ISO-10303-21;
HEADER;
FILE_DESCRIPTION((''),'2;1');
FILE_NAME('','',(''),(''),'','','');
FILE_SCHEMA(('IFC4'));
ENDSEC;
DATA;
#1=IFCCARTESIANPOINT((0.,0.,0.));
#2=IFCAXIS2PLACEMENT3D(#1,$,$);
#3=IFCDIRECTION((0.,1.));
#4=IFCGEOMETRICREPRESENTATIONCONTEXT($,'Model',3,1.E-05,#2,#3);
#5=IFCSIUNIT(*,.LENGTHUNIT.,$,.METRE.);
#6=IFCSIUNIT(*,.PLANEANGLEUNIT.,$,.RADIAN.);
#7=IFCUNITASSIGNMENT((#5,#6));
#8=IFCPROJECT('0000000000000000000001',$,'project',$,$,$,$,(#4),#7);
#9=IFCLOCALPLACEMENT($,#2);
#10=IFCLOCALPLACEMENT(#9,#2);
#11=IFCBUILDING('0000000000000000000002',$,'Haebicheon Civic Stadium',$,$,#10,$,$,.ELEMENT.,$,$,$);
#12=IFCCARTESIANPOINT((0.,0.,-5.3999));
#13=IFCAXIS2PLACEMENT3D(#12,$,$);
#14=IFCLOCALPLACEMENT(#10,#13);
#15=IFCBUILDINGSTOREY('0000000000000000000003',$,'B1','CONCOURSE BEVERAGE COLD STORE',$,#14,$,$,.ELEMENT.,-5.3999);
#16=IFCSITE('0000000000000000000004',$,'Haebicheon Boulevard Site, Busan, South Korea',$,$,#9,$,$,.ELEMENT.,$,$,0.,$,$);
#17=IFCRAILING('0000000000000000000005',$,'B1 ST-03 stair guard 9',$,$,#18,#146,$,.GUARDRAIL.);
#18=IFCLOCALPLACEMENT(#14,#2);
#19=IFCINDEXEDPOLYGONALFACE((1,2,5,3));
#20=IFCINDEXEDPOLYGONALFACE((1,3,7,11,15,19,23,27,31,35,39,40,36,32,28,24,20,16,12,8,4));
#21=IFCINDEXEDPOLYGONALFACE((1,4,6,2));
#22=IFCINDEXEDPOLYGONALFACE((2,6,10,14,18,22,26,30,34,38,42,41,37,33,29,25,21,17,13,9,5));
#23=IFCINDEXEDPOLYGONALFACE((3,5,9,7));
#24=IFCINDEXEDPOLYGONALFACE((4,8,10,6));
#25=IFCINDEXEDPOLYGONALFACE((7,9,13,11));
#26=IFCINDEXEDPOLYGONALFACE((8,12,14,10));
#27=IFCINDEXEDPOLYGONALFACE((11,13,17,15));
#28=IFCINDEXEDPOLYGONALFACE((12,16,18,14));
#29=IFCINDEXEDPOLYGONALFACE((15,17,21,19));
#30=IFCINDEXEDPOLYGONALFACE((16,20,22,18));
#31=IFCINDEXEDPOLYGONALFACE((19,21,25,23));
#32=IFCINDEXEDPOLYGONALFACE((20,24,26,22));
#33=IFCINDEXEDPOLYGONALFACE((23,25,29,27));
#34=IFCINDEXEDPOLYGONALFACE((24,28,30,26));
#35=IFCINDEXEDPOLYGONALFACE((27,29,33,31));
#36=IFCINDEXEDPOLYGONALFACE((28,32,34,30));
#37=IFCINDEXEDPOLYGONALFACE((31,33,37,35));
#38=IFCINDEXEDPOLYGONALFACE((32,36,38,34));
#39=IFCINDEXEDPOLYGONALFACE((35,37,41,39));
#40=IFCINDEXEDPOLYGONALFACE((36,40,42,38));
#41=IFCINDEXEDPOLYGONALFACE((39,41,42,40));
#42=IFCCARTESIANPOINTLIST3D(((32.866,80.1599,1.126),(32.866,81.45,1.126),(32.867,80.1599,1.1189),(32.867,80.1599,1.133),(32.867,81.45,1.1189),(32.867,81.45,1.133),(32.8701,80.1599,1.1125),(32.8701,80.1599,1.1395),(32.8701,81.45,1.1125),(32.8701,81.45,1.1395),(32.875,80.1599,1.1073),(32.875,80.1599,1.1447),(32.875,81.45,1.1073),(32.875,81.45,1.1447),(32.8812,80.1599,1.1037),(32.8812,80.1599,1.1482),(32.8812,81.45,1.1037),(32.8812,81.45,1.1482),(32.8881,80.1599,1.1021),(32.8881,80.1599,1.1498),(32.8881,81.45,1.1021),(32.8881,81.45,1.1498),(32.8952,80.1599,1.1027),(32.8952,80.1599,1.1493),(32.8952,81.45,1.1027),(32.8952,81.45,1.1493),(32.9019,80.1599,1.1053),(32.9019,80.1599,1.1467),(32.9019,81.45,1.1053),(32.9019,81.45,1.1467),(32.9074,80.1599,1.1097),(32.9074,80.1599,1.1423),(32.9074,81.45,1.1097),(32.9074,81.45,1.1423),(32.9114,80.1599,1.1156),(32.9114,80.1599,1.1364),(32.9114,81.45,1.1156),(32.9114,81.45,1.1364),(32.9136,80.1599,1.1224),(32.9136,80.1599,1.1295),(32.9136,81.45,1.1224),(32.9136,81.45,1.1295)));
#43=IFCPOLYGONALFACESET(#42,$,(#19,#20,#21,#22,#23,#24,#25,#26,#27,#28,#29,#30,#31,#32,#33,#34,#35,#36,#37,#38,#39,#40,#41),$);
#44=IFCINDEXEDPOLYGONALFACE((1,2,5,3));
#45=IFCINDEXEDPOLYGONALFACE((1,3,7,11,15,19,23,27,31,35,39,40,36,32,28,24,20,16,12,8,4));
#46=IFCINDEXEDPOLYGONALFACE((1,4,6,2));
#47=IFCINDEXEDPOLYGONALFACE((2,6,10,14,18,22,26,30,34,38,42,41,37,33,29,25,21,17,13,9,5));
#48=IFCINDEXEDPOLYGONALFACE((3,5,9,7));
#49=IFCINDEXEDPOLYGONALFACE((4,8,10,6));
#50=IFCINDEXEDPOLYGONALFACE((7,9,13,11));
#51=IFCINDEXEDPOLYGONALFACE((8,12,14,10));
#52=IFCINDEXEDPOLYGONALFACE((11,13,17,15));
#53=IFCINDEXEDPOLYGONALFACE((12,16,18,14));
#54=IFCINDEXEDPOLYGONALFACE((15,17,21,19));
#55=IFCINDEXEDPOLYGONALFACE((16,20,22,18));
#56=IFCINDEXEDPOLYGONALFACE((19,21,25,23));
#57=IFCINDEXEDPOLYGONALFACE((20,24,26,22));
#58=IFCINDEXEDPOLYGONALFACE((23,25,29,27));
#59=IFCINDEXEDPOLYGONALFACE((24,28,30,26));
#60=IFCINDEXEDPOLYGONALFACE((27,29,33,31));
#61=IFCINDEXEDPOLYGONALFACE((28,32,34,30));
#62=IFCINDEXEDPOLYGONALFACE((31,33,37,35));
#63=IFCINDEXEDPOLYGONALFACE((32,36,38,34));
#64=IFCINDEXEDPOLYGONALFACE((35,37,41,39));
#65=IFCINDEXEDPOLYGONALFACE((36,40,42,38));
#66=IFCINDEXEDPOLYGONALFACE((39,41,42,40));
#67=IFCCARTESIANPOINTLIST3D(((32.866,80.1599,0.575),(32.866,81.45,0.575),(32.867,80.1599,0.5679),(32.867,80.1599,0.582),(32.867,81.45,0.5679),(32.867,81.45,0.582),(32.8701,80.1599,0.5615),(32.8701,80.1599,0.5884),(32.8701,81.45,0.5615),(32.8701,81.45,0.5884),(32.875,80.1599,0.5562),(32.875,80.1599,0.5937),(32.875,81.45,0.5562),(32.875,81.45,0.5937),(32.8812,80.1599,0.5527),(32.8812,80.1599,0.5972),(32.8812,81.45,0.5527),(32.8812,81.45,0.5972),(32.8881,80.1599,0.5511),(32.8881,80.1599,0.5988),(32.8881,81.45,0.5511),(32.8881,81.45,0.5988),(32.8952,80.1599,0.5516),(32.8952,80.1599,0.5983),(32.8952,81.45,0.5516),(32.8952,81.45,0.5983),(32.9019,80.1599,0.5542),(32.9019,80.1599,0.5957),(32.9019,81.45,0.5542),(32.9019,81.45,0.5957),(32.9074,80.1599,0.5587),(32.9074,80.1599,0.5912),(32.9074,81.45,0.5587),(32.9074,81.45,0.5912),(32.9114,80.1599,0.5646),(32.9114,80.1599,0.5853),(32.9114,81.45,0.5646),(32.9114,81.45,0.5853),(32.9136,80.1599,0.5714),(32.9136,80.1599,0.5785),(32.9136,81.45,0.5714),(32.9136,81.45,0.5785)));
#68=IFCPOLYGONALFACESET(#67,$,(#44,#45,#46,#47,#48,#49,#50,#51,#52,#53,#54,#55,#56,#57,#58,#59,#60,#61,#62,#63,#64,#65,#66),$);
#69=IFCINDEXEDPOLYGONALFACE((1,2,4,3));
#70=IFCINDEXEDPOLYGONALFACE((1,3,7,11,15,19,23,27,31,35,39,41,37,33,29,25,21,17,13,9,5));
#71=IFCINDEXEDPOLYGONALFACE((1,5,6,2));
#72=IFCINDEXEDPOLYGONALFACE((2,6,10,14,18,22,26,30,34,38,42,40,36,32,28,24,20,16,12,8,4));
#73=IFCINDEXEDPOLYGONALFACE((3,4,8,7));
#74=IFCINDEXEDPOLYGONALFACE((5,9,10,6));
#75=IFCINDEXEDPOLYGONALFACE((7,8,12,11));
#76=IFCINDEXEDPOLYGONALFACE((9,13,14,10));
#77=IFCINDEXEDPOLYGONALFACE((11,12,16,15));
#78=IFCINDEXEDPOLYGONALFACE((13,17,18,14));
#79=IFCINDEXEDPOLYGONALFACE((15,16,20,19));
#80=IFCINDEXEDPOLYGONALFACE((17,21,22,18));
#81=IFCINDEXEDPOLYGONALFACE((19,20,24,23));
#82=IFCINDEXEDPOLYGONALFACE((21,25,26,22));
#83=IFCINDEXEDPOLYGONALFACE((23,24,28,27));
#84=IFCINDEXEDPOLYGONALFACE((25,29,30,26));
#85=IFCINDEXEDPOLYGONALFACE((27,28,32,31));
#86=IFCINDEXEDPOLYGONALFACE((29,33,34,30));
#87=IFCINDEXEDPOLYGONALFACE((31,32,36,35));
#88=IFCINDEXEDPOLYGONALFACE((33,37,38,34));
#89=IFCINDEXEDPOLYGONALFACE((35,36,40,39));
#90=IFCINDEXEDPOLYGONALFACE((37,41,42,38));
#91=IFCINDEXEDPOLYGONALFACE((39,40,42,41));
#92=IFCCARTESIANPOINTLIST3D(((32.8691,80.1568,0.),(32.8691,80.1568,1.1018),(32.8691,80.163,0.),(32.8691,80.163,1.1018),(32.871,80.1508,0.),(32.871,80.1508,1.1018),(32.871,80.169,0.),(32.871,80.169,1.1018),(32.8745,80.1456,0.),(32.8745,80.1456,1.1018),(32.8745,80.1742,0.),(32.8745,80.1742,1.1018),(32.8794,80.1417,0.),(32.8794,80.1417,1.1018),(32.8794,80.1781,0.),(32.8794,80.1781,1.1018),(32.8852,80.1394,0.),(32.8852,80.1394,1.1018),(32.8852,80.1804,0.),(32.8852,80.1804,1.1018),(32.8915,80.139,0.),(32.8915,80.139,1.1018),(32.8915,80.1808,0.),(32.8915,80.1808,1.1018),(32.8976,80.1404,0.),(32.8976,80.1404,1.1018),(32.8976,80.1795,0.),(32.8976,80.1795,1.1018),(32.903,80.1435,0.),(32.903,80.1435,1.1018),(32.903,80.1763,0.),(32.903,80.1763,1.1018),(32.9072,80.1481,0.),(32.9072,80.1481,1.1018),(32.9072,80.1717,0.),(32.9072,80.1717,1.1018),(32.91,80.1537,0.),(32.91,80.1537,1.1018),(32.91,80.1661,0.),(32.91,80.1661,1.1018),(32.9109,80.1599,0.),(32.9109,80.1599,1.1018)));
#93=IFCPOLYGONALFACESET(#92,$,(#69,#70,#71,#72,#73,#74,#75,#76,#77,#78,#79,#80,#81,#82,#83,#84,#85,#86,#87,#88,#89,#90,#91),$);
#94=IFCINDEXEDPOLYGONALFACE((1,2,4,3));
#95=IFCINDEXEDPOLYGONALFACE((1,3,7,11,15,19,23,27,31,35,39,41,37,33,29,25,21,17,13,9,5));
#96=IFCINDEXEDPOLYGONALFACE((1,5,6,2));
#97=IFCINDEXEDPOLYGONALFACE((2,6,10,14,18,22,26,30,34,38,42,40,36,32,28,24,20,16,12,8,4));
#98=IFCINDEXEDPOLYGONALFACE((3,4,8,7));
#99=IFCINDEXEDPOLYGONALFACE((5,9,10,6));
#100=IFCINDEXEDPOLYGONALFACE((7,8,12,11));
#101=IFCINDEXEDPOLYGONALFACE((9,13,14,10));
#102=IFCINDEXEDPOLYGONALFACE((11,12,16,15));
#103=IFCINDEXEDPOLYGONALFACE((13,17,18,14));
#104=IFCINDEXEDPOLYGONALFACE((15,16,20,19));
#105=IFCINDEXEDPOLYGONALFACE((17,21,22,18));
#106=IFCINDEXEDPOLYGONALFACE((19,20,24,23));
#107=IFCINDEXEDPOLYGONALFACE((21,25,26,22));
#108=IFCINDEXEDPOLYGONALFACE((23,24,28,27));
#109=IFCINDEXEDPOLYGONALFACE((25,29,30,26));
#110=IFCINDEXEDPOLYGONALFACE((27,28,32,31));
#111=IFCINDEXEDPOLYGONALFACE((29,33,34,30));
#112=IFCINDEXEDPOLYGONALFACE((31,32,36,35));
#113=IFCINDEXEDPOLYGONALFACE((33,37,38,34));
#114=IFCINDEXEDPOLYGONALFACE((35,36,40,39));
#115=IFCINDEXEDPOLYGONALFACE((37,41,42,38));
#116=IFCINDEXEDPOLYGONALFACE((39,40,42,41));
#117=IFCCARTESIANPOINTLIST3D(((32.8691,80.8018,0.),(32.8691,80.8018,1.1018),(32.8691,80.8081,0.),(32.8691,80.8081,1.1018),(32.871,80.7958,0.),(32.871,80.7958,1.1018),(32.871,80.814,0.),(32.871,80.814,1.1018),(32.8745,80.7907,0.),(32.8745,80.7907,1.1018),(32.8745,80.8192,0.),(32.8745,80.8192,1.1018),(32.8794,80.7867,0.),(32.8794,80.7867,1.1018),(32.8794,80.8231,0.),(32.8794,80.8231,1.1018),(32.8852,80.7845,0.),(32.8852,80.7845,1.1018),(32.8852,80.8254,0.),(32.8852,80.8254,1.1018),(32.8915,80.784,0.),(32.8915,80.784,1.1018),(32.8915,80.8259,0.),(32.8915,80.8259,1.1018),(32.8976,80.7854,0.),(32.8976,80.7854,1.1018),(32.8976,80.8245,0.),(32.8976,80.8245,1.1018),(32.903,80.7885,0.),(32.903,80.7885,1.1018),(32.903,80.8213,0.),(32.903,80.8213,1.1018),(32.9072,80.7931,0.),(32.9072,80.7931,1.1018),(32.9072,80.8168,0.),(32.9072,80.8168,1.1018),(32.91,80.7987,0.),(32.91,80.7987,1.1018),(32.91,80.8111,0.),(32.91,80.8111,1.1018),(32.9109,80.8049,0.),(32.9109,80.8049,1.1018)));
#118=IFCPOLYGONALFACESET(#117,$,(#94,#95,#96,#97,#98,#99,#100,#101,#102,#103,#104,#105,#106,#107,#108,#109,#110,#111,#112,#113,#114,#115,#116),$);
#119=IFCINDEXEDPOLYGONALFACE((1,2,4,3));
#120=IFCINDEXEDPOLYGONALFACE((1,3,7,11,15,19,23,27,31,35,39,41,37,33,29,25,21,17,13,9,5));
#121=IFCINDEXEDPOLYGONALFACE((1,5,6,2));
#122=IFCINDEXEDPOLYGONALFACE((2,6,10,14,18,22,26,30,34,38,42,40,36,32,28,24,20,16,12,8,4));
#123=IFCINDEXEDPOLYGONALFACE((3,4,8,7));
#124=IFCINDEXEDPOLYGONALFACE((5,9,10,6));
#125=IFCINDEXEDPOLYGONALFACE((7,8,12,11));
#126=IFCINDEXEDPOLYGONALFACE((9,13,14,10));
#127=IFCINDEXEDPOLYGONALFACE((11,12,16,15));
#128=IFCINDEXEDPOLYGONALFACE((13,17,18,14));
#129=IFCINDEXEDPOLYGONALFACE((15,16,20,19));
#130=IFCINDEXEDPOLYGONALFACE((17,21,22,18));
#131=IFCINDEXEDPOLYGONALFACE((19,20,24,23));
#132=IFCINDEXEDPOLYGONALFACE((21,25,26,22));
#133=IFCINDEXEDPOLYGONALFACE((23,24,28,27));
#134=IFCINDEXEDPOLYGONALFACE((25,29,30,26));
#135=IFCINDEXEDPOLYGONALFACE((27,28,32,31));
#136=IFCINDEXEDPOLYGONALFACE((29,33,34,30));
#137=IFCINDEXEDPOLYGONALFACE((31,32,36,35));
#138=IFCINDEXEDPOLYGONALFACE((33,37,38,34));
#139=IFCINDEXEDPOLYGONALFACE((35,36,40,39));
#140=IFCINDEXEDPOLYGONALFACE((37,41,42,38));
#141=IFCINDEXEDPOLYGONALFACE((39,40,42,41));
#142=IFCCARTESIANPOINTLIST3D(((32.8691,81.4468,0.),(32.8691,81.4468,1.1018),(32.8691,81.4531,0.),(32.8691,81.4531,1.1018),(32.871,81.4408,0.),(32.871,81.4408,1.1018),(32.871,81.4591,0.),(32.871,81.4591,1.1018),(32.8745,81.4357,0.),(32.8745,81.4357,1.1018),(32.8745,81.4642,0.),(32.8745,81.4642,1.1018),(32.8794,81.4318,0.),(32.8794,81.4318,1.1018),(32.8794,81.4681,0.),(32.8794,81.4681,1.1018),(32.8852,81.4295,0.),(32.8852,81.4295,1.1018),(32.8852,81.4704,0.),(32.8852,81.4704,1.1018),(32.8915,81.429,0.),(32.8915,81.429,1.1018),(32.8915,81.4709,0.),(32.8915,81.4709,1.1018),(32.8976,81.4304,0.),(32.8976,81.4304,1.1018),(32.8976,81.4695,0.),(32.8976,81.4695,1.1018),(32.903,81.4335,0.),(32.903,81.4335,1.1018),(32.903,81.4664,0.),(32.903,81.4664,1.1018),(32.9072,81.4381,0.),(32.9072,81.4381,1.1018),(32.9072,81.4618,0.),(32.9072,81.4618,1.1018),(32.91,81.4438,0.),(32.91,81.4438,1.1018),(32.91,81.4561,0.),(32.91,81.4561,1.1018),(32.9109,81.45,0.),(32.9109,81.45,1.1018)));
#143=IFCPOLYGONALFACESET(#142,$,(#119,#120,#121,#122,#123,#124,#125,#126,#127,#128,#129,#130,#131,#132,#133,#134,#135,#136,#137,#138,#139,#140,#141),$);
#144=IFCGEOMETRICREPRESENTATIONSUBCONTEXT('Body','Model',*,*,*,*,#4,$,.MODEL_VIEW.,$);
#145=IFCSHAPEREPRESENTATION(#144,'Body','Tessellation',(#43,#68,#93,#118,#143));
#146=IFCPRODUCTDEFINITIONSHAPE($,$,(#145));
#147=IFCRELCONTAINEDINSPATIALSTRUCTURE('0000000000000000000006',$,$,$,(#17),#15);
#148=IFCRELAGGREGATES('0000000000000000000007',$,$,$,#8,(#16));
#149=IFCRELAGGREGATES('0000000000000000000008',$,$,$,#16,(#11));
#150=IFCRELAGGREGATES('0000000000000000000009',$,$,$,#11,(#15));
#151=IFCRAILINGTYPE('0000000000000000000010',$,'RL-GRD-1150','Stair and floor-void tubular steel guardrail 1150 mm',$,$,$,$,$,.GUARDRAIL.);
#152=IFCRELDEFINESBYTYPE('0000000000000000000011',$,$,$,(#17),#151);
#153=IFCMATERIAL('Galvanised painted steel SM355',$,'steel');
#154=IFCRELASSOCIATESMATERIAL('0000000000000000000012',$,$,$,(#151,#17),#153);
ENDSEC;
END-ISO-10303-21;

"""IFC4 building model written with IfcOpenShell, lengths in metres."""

from ifc_helpers import new_model, si_unit, direction, frame, origin, origin_2d, place, context, subcontext, project, spatial, circle, extrude, material, type_object, element, save


model = new_model("IFC4")

# Units and contexts
model_context = context("Model", 3, precision=1e-05, world=origin(), true_north=direction((0.0, 1.0)))
body_context = subcontext(model_context, "Body", "Model", "MODEL_VIEW")
ifc_project = project(units=[si_unit("LENGTHUNIT", "METRE"), si_unit("PLANEANGLEUNIT", "RADIAN")], contexts=[model_context])

# Site, building, storey
site_placement = place(None, origin())
site = spatial("IfcSite", under=ifc_project, at=site_placement, Name="Haebicheon Boulevard Site, Busan, South Korea", CompositionType="ELEMENT", RefElevation=0.0)
building_placement = place(site_placement, origin())
building = spatial("IfcBuilding", under=site, at=building_placement, Name="Haebicheon Civic Stadium", CompositionType="ELEMENT")
storey_placement = place(building_placement, frame((0.0, 0.0, -5.3999)))
storey = spatial("IfcBuildingStorey", under=building, at=storey_placement, Name="B1", Description="CONCOURSE BEVERAGE COLD STORE", CompositionType="ELEMENT", Elevation=-5.3999)

# Railing
ifc_material_1 = material(Name="Galvanised painted steel SM355", Category="steel")
railing_type = type_object("IfcRailingType", Name="RL-GRD-1150", Description="Stair and floor-void tubular steel guardrail 1150 mm", PredefinedType="GUARDRAIL", material=ifc_material_1)
railing_placement = place(storey_placement, frame((32.8899, 80.1599, 0.0)))
element("IfcRailing", 1, at=railing_placement, inside=storey, type_object=railing_type, material=ifc_material_1, Name="B1 ST-03 stair guard 9", PredefinedType="GUARDRAIL", context=body_context, shape_type="SweptSolid", body=[
    extrude(circle(Radius=0.0239, at=origin_2d()), frame((0.0, 0.0, 1.126), z_axis=(0.0, 1.0, 0.0), x_axis=(-1.0, 0.0, 0.0)), (0.0, 0.0, 1.0), 1.29),
    extrude(circle(Radius=0.0239, at=origin_2d()), frame((0.0, 0.0, 0.575), z_axis=(0.0, 1.0, 0.0), x_axis=(-1.0, 0.0, 0.0)), (0.0, 0.0, 1.0), 1.29),
    extrude(circle(Radius=0.021, at=origin_2d()), origin(), (0.0, 0.0, 1.0), 1.1018),
    extrude(circle(Radius=0.021, at=origin_2d()), frame((0.0, 0.645, 0.0)), (0.0, 0.0, 1.0), 1.1018),
    extrude(circle(Radius=0.021, at=origin_2d()), frame((0.0, 1.29, 0.0)), (0.0, 0.0, 1.0), 1.1018),
])

save(model, "model.ifc")
